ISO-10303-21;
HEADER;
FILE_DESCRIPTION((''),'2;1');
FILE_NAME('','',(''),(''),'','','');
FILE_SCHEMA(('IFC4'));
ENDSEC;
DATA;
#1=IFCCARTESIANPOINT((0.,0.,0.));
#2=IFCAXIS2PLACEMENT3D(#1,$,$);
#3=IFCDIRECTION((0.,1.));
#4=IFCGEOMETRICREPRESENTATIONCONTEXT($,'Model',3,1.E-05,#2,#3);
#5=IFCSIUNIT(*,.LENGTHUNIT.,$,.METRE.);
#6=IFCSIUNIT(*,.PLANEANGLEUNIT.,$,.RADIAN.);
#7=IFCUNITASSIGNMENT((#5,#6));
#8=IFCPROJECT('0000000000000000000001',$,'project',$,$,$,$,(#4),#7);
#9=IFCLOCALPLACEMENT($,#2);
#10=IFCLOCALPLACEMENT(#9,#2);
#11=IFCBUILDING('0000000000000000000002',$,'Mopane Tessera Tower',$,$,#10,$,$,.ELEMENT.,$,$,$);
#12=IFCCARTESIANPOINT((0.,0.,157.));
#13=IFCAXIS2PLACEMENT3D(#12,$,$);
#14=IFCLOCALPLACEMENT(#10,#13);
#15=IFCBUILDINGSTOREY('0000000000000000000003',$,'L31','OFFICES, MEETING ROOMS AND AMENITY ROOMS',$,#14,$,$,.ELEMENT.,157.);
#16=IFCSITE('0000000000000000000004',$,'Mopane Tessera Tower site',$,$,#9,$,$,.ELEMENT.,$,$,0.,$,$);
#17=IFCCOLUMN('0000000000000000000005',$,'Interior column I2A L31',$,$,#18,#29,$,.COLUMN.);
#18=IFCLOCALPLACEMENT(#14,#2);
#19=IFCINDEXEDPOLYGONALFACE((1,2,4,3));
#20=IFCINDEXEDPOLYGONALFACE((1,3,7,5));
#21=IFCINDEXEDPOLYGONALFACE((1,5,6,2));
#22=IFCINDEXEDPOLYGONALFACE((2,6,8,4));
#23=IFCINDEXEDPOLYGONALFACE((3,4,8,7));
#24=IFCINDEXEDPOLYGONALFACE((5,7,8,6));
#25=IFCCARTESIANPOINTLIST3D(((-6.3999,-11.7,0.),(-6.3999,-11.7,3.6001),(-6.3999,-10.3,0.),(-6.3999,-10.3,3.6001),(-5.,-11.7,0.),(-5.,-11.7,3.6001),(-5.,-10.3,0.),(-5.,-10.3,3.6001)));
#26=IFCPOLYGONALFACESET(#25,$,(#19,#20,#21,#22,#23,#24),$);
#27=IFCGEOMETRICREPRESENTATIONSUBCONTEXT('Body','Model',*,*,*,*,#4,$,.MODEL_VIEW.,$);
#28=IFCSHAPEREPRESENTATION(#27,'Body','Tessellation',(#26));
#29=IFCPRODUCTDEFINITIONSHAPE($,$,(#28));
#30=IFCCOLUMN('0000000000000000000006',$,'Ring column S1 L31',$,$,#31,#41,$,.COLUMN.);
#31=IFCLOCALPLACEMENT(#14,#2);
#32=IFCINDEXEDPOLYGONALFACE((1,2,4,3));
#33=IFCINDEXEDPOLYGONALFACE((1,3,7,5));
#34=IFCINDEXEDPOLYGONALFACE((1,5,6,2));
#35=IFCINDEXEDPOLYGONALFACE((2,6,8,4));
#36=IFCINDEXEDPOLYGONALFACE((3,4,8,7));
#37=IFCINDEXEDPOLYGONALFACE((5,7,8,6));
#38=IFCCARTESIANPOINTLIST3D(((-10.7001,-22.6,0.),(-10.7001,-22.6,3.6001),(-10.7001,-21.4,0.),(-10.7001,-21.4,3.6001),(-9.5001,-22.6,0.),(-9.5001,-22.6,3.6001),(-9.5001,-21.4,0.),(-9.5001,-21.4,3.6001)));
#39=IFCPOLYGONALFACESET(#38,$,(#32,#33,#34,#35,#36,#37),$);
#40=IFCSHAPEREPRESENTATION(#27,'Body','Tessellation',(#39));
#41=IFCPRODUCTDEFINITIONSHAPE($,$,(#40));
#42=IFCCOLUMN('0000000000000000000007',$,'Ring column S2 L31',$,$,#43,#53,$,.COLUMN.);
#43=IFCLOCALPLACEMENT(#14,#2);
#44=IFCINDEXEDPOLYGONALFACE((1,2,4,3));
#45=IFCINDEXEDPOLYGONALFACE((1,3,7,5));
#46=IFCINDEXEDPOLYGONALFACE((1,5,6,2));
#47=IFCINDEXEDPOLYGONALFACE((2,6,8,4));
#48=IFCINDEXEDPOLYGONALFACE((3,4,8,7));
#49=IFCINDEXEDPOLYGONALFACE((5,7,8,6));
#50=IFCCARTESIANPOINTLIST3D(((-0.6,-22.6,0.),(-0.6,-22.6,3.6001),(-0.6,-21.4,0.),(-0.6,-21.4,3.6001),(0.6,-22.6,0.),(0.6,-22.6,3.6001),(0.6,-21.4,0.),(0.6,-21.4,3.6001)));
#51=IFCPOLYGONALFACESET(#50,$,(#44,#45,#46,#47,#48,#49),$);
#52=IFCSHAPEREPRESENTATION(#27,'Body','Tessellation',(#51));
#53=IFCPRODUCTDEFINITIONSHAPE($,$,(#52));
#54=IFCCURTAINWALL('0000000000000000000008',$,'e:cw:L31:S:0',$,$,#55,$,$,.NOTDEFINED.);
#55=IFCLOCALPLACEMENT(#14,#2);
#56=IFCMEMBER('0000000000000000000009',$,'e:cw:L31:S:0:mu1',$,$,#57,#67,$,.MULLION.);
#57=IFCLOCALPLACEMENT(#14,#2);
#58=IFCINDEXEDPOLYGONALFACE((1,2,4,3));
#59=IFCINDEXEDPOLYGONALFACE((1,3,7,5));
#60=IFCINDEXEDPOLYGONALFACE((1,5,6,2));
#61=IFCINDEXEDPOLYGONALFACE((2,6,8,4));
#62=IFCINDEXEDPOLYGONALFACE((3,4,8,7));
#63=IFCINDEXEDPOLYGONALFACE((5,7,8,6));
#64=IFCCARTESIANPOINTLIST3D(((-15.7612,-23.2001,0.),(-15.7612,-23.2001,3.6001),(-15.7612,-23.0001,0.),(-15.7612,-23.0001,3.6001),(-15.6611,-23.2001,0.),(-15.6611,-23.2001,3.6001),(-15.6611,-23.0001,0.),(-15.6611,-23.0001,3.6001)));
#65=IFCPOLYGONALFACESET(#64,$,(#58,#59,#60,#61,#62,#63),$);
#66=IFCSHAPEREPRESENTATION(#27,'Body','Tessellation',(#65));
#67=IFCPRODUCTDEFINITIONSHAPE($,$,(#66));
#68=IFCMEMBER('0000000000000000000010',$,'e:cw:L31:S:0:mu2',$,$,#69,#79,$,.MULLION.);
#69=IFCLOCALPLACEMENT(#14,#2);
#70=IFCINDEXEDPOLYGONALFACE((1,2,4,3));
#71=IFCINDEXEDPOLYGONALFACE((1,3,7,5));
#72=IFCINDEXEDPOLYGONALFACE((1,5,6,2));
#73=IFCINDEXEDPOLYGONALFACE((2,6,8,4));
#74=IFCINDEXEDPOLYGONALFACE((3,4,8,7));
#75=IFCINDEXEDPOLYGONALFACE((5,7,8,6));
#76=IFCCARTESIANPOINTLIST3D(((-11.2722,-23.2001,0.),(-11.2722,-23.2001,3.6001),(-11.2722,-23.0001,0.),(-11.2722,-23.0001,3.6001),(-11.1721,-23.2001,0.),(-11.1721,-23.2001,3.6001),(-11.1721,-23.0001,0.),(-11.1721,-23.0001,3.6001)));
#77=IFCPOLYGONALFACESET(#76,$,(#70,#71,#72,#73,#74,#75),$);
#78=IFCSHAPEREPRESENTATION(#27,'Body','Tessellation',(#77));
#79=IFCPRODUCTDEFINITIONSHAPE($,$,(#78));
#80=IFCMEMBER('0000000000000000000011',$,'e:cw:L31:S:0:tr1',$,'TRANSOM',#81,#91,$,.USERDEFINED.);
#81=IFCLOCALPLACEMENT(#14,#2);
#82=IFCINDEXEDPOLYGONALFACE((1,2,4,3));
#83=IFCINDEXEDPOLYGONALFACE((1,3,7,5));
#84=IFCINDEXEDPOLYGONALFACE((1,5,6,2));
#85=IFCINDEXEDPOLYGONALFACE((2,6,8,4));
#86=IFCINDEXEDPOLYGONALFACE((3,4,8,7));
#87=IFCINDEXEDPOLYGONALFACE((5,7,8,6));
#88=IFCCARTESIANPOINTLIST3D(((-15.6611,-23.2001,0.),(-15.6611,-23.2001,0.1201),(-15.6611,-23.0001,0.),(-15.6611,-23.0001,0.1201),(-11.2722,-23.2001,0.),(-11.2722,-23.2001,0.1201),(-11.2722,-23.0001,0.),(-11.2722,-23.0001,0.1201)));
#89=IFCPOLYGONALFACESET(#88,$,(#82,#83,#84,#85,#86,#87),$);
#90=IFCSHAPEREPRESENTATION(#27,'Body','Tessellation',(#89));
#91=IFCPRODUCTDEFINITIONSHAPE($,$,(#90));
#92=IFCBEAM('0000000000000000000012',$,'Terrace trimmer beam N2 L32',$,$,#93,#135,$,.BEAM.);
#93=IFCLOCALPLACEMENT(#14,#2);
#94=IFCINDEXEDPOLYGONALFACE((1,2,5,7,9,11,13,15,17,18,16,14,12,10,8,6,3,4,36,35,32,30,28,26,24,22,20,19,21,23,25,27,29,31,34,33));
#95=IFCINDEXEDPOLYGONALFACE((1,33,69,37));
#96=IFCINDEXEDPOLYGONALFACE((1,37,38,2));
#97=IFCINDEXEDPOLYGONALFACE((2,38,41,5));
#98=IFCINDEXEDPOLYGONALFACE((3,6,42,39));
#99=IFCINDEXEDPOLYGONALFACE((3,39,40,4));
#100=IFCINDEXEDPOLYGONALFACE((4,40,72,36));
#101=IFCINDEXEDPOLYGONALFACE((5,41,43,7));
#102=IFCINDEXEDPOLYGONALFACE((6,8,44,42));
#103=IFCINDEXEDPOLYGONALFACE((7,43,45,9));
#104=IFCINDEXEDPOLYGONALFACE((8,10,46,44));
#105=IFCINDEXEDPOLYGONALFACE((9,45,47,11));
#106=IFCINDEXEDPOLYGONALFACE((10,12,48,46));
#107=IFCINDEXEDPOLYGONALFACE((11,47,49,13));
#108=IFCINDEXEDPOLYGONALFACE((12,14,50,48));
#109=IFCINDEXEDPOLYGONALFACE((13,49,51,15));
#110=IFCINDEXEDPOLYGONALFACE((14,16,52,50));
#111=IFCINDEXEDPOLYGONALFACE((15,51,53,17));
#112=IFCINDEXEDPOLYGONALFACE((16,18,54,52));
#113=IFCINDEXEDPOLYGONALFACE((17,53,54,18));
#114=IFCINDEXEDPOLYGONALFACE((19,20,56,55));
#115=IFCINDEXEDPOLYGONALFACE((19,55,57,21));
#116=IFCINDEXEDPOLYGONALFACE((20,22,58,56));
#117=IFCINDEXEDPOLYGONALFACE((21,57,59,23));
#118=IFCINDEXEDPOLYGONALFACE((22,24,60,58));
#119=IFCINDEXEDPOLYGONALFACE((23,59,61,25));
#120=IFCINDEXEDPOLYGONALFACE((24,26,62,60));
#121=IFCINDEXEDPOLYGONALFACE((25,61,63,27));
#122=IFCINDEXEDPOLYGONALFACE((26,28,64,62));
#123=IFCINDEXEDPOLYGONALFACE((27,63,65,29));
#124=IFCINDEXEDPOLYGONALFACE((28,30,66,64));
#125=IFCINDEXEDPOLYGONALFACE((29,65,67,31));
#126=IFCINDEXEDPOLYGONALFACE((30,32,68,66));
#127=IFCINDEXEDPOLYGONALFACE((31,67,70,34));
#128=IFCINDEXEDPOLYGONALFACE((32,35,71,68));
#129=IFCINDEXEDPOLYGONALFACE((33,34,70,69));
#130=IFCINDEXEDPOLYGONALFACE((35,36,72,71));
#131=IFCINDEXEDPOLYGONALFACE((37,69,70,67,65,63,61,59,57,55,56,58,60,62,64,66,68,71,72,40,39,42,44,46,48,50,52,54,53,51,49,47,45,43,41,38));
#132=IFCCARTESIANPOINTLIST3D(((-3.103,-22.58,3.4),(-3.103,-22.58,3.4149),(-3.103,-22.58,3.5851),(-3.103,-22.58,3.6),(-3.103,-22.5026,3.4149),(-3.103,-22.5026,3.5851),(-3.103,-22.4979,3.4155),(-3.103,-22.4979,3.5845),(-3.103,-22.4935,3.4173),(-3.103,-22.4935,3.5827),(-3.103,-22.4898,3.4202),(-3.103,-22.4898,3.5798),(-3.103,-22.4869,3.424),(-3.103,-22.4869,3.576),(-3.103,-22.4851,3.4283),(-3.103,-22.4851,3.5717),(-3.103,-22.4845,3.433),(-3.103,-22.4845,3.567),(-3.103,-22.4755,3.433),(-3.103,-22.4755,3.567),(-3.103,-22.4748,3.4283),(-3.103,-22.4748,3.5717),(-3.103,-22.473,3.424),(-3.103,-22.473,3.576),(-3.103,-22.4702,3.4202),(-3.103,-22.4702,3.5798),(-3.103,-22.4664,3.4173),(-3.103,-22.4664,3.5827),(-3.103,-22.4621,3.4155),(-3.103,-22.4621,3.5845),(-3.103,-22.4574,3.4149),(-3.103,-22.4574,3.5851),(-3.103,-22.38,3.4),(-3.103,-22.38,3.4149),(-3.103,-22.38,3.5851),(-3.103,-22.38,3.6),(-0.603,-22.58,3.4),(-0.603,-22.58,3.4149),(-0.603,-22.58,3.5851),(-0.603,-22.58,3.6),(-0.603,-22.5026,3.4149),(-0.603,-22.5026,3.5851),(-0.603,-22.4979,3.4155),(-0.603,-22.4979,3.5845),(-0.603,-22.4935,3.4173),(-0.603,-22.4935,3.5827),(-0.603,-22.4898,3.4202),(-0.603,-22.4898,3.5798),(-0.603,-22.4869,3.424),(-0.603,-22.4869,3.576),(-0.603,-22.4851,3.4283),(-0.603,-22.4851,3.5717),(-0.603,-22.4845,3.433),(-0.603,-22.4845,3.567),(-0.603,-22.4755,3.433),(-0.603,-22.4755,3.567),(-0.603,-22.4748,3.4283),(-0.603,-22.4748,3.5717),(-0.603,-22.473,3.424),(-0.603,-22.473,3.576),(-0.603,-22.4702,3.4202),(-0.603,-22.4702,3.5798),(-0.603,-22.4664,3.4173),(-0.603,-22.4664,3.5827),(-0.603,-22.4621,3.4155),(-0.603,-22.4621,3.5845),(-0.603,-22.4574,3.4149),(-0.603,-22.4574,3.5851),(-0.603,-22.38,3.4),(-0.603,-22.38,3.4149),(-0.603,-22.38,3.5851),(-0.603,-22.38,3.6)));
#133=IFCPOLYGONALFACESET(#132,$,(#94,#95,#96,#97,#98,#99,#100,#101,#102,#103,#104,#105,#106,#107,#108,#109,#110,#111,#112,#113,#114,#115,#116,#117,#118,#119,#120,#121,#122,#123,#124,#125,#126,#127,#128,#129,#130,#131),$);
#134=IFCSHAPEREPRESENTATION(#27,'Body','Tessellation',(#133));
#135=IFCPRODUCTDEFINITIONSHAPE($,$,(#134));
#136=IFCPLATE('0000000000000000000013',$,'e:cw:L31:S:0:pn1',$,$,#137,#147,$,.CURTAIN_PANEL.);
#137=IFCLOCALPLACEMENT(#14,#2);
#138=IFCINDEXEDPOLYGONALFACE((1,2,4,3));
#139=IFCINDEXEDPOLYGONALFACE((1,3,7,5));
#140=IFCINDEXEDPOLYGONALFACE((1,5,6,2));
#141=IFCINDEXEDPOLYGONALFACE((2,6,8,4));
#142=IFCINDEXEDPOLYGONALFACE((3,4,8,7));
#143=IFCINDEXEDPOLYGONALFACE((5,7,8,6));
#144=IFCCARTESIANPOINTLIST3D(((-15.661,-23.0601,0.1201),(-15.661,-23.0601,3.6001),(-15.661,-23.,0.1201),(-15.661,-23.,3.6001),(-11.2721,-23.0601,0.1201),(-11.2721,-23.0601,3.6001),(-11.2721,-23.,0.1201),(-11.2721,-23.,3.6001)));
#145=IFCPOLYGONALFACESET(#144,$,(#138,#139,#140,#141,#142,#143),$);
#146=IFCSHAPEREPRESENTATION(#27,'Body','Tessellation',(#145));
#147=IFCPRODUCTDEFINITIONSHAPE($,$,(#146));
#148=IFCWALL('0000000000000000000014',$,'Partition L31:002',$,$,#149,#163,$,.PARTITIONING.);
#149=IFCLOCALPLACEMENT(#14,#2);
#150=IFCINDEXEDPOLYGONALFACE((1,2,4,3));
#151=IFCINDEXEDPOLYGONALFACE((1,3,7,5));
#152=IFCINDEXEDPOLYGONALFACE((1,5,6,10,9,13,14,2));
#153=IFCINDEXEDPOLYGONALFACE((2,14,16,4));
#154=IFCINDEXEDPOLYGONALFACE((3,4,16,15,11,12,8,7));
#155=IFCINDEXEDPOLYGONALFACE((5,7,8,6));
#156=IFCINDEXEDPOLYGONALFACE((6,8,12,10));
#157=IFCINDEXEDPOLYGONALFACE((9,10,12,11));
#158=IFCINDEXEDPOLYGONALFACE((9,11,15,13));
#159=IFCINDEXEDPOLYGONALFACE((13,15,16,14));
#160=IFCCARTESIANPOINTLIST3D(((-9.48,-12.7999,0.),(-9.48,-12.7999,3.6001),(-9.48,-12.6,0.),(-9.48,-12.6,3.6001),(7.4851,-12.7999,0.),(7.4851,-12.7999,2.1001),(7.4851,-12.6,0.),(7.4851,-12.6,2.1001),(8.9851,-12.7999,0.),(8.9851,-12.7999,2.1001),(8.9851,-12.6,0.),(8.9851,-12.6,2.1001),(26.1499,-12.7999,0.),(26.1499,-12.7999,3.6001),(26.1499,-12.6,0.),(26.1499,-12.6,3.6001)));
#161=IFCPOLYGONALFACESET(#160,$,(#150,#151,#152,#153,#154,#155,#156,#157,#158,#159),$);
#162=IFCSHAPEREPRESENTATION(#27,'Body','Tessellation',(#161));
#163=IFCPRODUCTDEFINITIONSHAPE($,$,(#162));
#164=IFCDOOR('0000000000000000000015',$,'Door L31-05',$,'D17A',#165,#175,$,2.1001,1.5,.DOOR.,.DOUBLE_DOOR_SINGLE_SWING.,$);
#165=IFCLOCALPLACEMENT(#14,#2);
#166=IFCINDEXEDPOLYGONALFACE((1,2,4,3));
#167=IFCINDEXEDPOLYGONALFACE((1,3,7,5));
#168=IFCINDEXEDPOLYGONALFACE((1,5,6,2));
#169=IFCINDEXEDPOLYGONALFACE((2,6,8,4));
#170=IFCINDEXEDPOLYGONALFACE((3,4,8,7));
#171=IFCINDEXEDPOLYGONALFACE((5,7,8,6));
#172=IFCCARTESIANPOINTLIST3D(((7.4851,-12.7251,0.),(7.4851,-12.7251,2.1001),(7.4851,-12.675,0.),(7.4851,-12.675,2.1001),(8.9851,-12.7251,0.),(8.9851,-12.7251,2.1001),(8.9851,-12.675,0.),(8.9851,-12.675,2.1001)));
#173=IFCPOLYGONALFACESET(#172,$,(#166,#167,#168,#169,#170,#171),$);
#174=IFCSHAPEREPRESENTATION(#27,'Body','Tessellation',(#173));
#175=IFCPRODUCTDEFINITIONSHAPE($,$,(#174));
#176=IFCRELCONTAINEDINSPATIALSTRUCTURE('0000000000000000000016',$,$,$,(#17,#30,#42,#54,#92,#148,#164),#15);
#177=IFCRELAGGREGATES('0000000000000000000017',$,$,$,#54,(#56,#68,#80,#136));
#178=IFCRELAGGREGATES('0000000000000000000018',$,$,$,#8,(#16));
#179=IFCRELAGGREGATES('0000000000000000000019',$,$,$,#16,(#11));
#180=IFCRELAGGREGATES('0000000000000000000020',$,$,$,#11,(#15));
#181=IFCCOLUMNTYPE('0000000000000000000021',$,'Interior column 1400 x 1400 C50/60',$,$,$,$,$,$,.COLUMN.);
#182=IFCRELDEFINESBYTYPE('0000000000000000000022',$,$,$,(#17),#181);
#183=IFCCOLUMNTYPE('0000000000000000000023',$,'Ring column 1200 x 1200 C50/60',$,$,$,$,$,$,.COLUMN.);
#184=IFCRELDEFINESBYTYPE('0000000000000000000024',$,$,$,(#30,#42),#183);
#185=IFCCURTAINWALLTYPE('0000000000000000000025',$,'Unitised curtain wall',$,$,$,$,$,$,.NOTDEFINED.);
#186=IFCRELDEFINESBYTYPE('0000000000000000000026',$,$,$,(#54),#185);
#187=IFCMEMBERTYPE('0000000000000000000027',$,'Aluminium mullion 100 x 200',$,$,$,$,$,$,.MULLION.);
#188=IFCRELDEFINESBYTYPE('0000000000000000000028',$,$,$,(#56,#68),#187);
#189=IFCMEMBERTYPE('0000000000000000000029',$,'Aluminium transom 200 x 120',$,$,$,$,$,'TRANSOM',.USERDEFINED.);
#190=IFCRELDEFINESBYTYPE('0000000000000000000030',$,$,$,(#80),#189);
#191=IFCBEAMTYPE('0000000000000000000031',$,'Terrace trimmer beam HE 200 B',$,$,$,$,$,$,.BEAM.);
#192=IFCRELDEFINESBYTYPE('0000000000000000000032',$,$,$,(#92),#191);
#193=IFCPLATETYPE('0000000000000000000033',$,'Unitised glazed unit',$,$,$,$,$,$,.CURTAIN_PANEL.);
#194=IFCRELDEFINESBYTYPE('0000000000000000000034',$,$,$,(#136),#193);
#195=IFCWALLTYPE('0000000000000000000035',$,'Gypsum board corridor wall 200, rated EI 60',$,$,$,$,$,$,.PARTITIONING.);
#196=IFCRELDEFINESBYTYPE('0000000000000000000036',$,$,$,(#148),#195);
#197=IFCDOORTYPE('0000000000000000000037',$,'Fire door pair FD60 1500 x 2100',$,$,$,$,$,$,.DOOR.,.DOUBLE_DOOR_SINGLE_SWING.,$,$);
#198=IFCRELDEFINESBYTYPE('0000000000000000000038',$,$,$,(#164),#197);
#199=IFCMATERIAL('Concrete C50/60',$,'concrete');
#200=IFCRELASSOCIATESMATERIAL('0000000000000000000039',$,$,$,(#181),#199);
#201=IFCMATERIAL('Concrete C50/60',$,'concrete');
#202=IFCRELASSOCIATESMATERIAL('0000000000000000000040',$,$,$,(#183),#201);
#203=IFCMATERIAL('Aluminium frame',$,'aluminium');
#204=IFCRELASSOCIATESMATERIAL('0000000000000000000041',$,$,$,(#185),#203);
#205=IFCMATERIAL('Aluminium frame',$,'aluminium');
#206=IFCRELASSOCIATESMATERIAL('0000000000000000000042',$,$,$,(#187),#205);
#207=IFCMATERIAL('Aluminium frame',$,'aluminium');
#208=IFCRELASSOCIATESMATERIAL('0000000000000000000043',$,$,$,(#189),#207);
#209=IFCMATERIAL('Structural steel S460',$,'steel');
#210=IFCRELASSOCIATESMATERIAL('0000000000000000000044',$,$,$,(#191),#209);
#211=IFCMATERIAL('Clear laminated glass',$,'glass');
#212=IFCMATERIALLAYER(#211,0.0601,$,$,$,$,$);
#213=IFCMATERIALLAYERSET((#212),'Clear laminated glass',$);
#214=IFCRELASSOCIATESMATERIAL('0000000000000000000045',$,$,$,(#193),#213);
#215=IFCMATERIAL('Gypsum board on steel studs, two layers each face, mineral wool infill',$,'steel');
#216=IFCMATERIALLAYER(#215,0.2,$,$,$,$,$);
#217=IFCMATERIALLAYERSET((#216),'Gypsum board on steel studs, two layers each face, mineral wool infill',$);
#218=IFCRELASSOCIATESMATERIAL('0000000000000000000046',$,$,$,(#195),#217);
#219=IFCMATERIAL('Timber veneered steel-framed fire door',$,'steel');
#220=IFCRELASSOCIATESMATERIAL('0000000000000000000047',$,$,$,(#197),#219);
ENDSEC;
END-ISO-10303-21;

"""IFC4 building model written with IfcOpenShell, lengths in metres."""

from ifc_helpers import new_model, si_unit, direction, frame, frame_2d, origin, origin_2d, place, context, subcontext, project, spatial, rectangle, i_section, extrude, material, layer, layer_set, material_profile, profile_set, type_object, element, fill, aggregate, save


model = new_model("IFC4")

# Units and contexts
model_context = context("Model", 3, precision=1e-05, world=origin(), true_north=direction((0.0, 1.0)))
body_context = subcontext(model_context, "Body", "Model", "MODEL_VIEW")
ifc_project = project(units=[si_unit("LENGTHUNIT", "METRE"), si_unit("PLANEANGLEUNIT", "RADIAN")], contexts=[model_context])

# Site, building, storey
site_placement = place(None, origin())
site = spatial("IfcSite", under=ifc_project, at=site_placement, Name="Mopane Tessera Tower site", CompositionType="ELEMENT", RefElevation=0.0)
building_placement = place(site_placement, origin())
building = spatial("IfcBuilding", under=site, at=building_placement, Name="Mopane Tessera Tower", CompositionType="ELEMENT")
storey_placement = place(building_placement, frame((0.0, 0.0, 157.0)))
storey = spatial("IfcBuildingStorey", under=building, at=storey_placement, Name="L31", Description="OFFICES, MEETING ROOMS AND AMENITY ROOMS", CompositionType="ELEMENT", Elevation=157.0)

# Columns
ifc_material_1 = material(Name="Concrete C50/60", Category="concrete")
ifc_material_profile_1 = material_profile(ifc_material_1, rectangle(XDim=1.3999, YDim=1.3999, at=origin_2d()))
ifc_profile_set_1 = profile_set([ifc_material_profile_1], Name="Concrete C50/60")
column_type_1 = type_object("IfcColumnType", Name="Interior column 1400 x 1400 C50/60", PredefinedType="COLUMN", material=ifc_profile_set_1)
column_placement = place(storey_placement, frame((-5.7, -11.0, 0.0), z_axis=(0.0, 0.0, 1.0), x_axis=(1.0, 0.0, 0.0)))
element("IfcColumn", 1, at=column_placement, inside=storey, type_object=column_type_1, Name="Interior column I2A L31", PredefinedType="COLUMN", context=body_context, shape_type="SweptSolid", body=[
    extrude(rectangle(XDim=1.3999, YDim=1.3999, at=origin_2d()), origin(), (0.0, 0.0, 1.0), 3.6001),
])
ifc_material_2 = material(Name="Concrete C50/60", Category="concrete")
ifc_material_profile_2 = material_profile(ifc_material_2, rectangle(XDim=1.2, YDim=1.2, at=origin_2d()))
ifc_profile_set_2 = profile_set([ifc_material_profile_2], Name="Concrete C50/60")
column_type_2 = type_object("IfcColumnType", Name="Ring column 1200 x 1200 C50/60", PredefinedType="COLUMN", material=ifc_profile_set_2)
for number, where, z_axis, x_axis, name in (
    (2, (-10.1001, -22.0, 0.0), (0.0, 0.0, 1.0), (1.0, 0.0, 0.0), "Ring column S1 L31"),
    (3, (0.0, -22.0, 0.0), (0.0, 0.0, 1.0), (1.0, 0.0, 0.0), "Ring column S2 L31"),
):
    element("IfcColumn", number, at=place(storey_placement, frame(where, z_axis=z_axis, x_axis=x_axis)), inside=storey, type_object=column_type_2, Name=name, PredefinedType="COLUMN", context=body_context, shape_type="SweptSolid", body=[
        extrude(rectangle(XDim=1.2, YDim=1.2, at=origin_2d()), origin(), (0.0, 0.0, 1.0), 3.6001),
    ])

# Curtain wall, members
ifc_material_3 = material(Name="Aluminium frame", Category="aluminium")
curtain_wall_type = type_object("IfcCurtainWallType", Name="Unitised curtain wall", PredefinedType="NOTDEFINED", material=ifc_material_3)
curtain_wall_placement = place(storey_placement, origin())
curtain_wall = element("IfcCurtainWall", 4, at=curtain_wall_placement, inside=storey, type_object=curtain_wall_type, Name="e:cw:L31:S:0", PredefinedType="NOTDEFINED")
ifc_material_4 = material(Name="Aluminium frame", Category="aluminium")
ifc_material_profile_3 = material_profile(ifc_material_4, rectangle(XDim=0.1001, YDim=0.2, at=origin_2d()))
ifc_profile_set_3 = profile_set([ifc_material_profile_3], Name="Aluminium frame")
member_type_1 = type_object("IfcMemberType", Name="Aluminium mullion 100 x 200", PredefinedType="MULLION", material=ifc_profile_set_3)
member_1_placement = place(storey_placement, frame((-15.7112, -23.1001, 0.0), z_axis=(0.0, 0.0, 1.0), x_axis=(1.0, 0.0, 0.0)))
member_1 = element("IfcMember", 5, at=member_1_placement, type_object=member_type_1, Name="e:cw:L31:S:0:mu1", PredefinedType="MULLION", context=body_context, shape_type="SweptSolid", body=[
    extrude(rectangle(XDim=0.1001, YDim=0.2, at=origin_2d()), origin(), (0.0, 0.0, 1.0), 3.6001),
])
member_2_placement = place(storey_placement, frame((-11.2222, -23.1001, 0.0), z_axis=(0.0, 0.0, 1.0), x_axis=(1.0, 0.0, 0.0)))
member_2 = element("IfcMember", 6, at=member_2_placement, type_object=member_type_1, Name="e:cw:L31:S:0:mu2", PredefinedType="MULLION", context=body_context, shape_type="SweptSolid", body=[
    extrude(rectangle(XDim=0.1001, YDim=0.2, at=origin_2d()), origin(), (0.0, 0.0, 1.0), 3.6001),
])
ifc_material_5 = material(Name="Aluminium frame", Category="aluminium")
ifc_material_profile_4 = material_profile(ifc_material_5, rectangle(XDim=0.2, YDim=0.1201, at=origin_2d()))
ifc_profile_set_4 = profile_set([ifc_material_profile_4], Name="Aluminium frame")
member_type_2 = type_object("IfcMemberType", Name="Aluminium transom 200 x 120", ElementType="TRANSOM", PredefinedType="USERDEFINED", material=ifc_profile_set_4)
member_3_placement = place(storey_placement, frame((-15.6611, -23.1001, 0.0601), z_axis=(1.0, 0.0, 0.0), x_axis=(0.0, 1.0, 0.0)))
member_3 = element("IfcMember", 7, at=member_3_placement, type_object=member_type_2, Name="e:cw:L31:S:0:tr1", ObjectType="TRANSOM", PredefinedType="USERDEFINED", context=body_context, shape_type="SweptSolid", body=[
    extrude(rectangle(XDim=0.2, YDim=0.1201, at=origin_2d()), origin(), (0.0, 0.0, 1.0), 4.3889),
])

# Beam
ifc_material_6 = material(Name="Structural steel S460", Category="steel")
ifc_material_profile_5 = material_profile(ifc_material_6, i_section(OverallWidth=0.2, OverallDepth=0.2, WebThickness=0.009, FlangeThickness=0.0149, FilletRadius=0.0181, at=origin_2d()))
ifc_profile_set_5 = profile_set([ifc_material_profile_5], Name="Structural steel S460")
beam_type = type_object("IfcBeamType", Name="Terrace trimmer beam HE 200 B", PredefinedType="BEAM", material=ifc_profile_set_5)
beam_placement = place(storey_placement, frame((-0.603, -22.48, 3.5), z_axis=(-1.0, 0.0, 0.0), x_axis=(0.0, -1.0, 0.0)))
element("IfcBeam", 8, at=beam_placement, inside=storey, type_object=beam_type, Name="Terrace trimmer beam N2 L32", PredefinedType="BEAM", context=body_context, shape_type="SweptSolid", body=[
    extrude(i_section(OverallWidth=0.2, OverallDepth=0.2, WebThickness=0.009, FlangeThickness=0.0149, FilletRadius=0.0181, at=origin_2d()), origin(), (0.0, 0.0, 1.0), 2.5),
])

# Plate
ifc_material_7 = material(Name="Clear laminated glass", Category="glass")
ifc_layer_1 = layer(ifc_material_7, 0.0601)
ifc_layer_set_1 = layer_set([ifc_layer_1], Name="Clear laminated glass")
plate_type = type_object("IfcPlateType", Name="Unitised glazed unit", PredefinedType="CURTAIN_PANEL", material=ifc_layer_set_1)
plate_placement = place(storey_placement, frame((-13.4666, -23.03, 0.1201), z_axis=(0.0, 0.0, 1.0), x_axis=(1.0, 0.0, 0.0)))
plate = element("IfcPlate", 9, at=plate_placement, type_object=plate_type, Name="e:cw:L31:S:0:pn1", PredefinedType="CURTAIN_PANEL", context=body_context, shape_type="SweptSolid", body=[
    extrude(rectangle(XDim=4.3889, YDim=0.0601, at=origin_2d()), origin(), (0.0, 0.0, 1.0), 3.48),
])
aggregate(curtain_wall, [member_1, member_2, member_3, plate])

# Wall, opening, door
ifc_material_8 = material(Name="Gypsum board on steel studs, two layers each face, mineral wool infill", Category="steel")
ifc_layer_2 = layer(ifc_material_8, 0.2)
ifc_layer_set_2 = layer_set([ifc_layer_2], Name="Gypsum board on steel studs, two layers each face, mineral wool infill")
wall_type_1 = type_object("IfcWallType", Name="Gypsum board corridor wall 200, rated EI 60", PredefinedType="PARTITIONING", material=ifc_layer_set_2)
wall_1_placement = place(storey_placement, frame((-9.48, -12.7, 0.0), z_axis=(0.0, 0.0, 1.0), x_axis=(1.0, 0.0, 0.0)))
wall_1 = element("IfcWall", 10, at=wall_1_placement, inside=storey, type_object=wall_type_1, Name="Partition L31:002", PredefinedType="PARTITIONING", context=body_context, shape_type="SweptSolid", body=[
    extrude(rectangle(XDim=35.6299, YDim=0.2, at=frame_2d((17.8149, 0.0))), origin(), (0.0, 0.0, 1.0), 3.6001),
])
opening_1_placement = place(wall_1_placement, frame((16.9651, 0.0, 0.0)))
opening_1 = element("IfcOpeningElement", 11, at=opening_1_placement, cuts=wall_1, PredefinedType="OPENING", context=body_context, shape_type="SweptSolid", body=[
    extrude(rectangle(XDim=1.5, YDim=2.1001, at=frame_2d((0.75, 1.05))), frame((0.0, 0.1121, 0.0), z_axis=(0.0, -1.0, 0.0), x_axis=(1.0, 0.0, 0.0)), (0.0, 0.0, 1.0), 0.2239),
])
ifc_material_9 = material(Name="Timber veneered steel-framed fire door", Category="steel")
door_type_1 = type_object("IfcDoorType", Name="Fire door pair FD60 1500 x 2100", OperationType="DOUBLE_DOOR_SINGLE_SWING", PredefinedType="DOOR", material=ifc_material_9)
door_1_placement = place(opening_1_placement, origin())
door_1 = element("IfcDoor", 12, at=door_1_placement, inside=storey, type_object=door_type_1, Name="Door L31-05", ObjectType="D17A", OperationType="DOUBLE_DOOR_SINGLE_SWING", OverallHeight=2.1001, OverallWidth=1.5, PredefinedType="DOOR", context=body_context, shape_type="SweptSolid", body=[
    extrude(rectangle(XDim=1.5, YDim=2.1001, at=frame_2d((0.75, 1.05))), frame((0.0, 0.0249, 0.0), z_axis=(0.0, -1.0, 0.0), x_axis=(1.0, 0.0, 0.0)), (0.0, 0.0, 1.0), 0.05),
])
fill(opening_1, door_1)

save(model, "model.ifc")
